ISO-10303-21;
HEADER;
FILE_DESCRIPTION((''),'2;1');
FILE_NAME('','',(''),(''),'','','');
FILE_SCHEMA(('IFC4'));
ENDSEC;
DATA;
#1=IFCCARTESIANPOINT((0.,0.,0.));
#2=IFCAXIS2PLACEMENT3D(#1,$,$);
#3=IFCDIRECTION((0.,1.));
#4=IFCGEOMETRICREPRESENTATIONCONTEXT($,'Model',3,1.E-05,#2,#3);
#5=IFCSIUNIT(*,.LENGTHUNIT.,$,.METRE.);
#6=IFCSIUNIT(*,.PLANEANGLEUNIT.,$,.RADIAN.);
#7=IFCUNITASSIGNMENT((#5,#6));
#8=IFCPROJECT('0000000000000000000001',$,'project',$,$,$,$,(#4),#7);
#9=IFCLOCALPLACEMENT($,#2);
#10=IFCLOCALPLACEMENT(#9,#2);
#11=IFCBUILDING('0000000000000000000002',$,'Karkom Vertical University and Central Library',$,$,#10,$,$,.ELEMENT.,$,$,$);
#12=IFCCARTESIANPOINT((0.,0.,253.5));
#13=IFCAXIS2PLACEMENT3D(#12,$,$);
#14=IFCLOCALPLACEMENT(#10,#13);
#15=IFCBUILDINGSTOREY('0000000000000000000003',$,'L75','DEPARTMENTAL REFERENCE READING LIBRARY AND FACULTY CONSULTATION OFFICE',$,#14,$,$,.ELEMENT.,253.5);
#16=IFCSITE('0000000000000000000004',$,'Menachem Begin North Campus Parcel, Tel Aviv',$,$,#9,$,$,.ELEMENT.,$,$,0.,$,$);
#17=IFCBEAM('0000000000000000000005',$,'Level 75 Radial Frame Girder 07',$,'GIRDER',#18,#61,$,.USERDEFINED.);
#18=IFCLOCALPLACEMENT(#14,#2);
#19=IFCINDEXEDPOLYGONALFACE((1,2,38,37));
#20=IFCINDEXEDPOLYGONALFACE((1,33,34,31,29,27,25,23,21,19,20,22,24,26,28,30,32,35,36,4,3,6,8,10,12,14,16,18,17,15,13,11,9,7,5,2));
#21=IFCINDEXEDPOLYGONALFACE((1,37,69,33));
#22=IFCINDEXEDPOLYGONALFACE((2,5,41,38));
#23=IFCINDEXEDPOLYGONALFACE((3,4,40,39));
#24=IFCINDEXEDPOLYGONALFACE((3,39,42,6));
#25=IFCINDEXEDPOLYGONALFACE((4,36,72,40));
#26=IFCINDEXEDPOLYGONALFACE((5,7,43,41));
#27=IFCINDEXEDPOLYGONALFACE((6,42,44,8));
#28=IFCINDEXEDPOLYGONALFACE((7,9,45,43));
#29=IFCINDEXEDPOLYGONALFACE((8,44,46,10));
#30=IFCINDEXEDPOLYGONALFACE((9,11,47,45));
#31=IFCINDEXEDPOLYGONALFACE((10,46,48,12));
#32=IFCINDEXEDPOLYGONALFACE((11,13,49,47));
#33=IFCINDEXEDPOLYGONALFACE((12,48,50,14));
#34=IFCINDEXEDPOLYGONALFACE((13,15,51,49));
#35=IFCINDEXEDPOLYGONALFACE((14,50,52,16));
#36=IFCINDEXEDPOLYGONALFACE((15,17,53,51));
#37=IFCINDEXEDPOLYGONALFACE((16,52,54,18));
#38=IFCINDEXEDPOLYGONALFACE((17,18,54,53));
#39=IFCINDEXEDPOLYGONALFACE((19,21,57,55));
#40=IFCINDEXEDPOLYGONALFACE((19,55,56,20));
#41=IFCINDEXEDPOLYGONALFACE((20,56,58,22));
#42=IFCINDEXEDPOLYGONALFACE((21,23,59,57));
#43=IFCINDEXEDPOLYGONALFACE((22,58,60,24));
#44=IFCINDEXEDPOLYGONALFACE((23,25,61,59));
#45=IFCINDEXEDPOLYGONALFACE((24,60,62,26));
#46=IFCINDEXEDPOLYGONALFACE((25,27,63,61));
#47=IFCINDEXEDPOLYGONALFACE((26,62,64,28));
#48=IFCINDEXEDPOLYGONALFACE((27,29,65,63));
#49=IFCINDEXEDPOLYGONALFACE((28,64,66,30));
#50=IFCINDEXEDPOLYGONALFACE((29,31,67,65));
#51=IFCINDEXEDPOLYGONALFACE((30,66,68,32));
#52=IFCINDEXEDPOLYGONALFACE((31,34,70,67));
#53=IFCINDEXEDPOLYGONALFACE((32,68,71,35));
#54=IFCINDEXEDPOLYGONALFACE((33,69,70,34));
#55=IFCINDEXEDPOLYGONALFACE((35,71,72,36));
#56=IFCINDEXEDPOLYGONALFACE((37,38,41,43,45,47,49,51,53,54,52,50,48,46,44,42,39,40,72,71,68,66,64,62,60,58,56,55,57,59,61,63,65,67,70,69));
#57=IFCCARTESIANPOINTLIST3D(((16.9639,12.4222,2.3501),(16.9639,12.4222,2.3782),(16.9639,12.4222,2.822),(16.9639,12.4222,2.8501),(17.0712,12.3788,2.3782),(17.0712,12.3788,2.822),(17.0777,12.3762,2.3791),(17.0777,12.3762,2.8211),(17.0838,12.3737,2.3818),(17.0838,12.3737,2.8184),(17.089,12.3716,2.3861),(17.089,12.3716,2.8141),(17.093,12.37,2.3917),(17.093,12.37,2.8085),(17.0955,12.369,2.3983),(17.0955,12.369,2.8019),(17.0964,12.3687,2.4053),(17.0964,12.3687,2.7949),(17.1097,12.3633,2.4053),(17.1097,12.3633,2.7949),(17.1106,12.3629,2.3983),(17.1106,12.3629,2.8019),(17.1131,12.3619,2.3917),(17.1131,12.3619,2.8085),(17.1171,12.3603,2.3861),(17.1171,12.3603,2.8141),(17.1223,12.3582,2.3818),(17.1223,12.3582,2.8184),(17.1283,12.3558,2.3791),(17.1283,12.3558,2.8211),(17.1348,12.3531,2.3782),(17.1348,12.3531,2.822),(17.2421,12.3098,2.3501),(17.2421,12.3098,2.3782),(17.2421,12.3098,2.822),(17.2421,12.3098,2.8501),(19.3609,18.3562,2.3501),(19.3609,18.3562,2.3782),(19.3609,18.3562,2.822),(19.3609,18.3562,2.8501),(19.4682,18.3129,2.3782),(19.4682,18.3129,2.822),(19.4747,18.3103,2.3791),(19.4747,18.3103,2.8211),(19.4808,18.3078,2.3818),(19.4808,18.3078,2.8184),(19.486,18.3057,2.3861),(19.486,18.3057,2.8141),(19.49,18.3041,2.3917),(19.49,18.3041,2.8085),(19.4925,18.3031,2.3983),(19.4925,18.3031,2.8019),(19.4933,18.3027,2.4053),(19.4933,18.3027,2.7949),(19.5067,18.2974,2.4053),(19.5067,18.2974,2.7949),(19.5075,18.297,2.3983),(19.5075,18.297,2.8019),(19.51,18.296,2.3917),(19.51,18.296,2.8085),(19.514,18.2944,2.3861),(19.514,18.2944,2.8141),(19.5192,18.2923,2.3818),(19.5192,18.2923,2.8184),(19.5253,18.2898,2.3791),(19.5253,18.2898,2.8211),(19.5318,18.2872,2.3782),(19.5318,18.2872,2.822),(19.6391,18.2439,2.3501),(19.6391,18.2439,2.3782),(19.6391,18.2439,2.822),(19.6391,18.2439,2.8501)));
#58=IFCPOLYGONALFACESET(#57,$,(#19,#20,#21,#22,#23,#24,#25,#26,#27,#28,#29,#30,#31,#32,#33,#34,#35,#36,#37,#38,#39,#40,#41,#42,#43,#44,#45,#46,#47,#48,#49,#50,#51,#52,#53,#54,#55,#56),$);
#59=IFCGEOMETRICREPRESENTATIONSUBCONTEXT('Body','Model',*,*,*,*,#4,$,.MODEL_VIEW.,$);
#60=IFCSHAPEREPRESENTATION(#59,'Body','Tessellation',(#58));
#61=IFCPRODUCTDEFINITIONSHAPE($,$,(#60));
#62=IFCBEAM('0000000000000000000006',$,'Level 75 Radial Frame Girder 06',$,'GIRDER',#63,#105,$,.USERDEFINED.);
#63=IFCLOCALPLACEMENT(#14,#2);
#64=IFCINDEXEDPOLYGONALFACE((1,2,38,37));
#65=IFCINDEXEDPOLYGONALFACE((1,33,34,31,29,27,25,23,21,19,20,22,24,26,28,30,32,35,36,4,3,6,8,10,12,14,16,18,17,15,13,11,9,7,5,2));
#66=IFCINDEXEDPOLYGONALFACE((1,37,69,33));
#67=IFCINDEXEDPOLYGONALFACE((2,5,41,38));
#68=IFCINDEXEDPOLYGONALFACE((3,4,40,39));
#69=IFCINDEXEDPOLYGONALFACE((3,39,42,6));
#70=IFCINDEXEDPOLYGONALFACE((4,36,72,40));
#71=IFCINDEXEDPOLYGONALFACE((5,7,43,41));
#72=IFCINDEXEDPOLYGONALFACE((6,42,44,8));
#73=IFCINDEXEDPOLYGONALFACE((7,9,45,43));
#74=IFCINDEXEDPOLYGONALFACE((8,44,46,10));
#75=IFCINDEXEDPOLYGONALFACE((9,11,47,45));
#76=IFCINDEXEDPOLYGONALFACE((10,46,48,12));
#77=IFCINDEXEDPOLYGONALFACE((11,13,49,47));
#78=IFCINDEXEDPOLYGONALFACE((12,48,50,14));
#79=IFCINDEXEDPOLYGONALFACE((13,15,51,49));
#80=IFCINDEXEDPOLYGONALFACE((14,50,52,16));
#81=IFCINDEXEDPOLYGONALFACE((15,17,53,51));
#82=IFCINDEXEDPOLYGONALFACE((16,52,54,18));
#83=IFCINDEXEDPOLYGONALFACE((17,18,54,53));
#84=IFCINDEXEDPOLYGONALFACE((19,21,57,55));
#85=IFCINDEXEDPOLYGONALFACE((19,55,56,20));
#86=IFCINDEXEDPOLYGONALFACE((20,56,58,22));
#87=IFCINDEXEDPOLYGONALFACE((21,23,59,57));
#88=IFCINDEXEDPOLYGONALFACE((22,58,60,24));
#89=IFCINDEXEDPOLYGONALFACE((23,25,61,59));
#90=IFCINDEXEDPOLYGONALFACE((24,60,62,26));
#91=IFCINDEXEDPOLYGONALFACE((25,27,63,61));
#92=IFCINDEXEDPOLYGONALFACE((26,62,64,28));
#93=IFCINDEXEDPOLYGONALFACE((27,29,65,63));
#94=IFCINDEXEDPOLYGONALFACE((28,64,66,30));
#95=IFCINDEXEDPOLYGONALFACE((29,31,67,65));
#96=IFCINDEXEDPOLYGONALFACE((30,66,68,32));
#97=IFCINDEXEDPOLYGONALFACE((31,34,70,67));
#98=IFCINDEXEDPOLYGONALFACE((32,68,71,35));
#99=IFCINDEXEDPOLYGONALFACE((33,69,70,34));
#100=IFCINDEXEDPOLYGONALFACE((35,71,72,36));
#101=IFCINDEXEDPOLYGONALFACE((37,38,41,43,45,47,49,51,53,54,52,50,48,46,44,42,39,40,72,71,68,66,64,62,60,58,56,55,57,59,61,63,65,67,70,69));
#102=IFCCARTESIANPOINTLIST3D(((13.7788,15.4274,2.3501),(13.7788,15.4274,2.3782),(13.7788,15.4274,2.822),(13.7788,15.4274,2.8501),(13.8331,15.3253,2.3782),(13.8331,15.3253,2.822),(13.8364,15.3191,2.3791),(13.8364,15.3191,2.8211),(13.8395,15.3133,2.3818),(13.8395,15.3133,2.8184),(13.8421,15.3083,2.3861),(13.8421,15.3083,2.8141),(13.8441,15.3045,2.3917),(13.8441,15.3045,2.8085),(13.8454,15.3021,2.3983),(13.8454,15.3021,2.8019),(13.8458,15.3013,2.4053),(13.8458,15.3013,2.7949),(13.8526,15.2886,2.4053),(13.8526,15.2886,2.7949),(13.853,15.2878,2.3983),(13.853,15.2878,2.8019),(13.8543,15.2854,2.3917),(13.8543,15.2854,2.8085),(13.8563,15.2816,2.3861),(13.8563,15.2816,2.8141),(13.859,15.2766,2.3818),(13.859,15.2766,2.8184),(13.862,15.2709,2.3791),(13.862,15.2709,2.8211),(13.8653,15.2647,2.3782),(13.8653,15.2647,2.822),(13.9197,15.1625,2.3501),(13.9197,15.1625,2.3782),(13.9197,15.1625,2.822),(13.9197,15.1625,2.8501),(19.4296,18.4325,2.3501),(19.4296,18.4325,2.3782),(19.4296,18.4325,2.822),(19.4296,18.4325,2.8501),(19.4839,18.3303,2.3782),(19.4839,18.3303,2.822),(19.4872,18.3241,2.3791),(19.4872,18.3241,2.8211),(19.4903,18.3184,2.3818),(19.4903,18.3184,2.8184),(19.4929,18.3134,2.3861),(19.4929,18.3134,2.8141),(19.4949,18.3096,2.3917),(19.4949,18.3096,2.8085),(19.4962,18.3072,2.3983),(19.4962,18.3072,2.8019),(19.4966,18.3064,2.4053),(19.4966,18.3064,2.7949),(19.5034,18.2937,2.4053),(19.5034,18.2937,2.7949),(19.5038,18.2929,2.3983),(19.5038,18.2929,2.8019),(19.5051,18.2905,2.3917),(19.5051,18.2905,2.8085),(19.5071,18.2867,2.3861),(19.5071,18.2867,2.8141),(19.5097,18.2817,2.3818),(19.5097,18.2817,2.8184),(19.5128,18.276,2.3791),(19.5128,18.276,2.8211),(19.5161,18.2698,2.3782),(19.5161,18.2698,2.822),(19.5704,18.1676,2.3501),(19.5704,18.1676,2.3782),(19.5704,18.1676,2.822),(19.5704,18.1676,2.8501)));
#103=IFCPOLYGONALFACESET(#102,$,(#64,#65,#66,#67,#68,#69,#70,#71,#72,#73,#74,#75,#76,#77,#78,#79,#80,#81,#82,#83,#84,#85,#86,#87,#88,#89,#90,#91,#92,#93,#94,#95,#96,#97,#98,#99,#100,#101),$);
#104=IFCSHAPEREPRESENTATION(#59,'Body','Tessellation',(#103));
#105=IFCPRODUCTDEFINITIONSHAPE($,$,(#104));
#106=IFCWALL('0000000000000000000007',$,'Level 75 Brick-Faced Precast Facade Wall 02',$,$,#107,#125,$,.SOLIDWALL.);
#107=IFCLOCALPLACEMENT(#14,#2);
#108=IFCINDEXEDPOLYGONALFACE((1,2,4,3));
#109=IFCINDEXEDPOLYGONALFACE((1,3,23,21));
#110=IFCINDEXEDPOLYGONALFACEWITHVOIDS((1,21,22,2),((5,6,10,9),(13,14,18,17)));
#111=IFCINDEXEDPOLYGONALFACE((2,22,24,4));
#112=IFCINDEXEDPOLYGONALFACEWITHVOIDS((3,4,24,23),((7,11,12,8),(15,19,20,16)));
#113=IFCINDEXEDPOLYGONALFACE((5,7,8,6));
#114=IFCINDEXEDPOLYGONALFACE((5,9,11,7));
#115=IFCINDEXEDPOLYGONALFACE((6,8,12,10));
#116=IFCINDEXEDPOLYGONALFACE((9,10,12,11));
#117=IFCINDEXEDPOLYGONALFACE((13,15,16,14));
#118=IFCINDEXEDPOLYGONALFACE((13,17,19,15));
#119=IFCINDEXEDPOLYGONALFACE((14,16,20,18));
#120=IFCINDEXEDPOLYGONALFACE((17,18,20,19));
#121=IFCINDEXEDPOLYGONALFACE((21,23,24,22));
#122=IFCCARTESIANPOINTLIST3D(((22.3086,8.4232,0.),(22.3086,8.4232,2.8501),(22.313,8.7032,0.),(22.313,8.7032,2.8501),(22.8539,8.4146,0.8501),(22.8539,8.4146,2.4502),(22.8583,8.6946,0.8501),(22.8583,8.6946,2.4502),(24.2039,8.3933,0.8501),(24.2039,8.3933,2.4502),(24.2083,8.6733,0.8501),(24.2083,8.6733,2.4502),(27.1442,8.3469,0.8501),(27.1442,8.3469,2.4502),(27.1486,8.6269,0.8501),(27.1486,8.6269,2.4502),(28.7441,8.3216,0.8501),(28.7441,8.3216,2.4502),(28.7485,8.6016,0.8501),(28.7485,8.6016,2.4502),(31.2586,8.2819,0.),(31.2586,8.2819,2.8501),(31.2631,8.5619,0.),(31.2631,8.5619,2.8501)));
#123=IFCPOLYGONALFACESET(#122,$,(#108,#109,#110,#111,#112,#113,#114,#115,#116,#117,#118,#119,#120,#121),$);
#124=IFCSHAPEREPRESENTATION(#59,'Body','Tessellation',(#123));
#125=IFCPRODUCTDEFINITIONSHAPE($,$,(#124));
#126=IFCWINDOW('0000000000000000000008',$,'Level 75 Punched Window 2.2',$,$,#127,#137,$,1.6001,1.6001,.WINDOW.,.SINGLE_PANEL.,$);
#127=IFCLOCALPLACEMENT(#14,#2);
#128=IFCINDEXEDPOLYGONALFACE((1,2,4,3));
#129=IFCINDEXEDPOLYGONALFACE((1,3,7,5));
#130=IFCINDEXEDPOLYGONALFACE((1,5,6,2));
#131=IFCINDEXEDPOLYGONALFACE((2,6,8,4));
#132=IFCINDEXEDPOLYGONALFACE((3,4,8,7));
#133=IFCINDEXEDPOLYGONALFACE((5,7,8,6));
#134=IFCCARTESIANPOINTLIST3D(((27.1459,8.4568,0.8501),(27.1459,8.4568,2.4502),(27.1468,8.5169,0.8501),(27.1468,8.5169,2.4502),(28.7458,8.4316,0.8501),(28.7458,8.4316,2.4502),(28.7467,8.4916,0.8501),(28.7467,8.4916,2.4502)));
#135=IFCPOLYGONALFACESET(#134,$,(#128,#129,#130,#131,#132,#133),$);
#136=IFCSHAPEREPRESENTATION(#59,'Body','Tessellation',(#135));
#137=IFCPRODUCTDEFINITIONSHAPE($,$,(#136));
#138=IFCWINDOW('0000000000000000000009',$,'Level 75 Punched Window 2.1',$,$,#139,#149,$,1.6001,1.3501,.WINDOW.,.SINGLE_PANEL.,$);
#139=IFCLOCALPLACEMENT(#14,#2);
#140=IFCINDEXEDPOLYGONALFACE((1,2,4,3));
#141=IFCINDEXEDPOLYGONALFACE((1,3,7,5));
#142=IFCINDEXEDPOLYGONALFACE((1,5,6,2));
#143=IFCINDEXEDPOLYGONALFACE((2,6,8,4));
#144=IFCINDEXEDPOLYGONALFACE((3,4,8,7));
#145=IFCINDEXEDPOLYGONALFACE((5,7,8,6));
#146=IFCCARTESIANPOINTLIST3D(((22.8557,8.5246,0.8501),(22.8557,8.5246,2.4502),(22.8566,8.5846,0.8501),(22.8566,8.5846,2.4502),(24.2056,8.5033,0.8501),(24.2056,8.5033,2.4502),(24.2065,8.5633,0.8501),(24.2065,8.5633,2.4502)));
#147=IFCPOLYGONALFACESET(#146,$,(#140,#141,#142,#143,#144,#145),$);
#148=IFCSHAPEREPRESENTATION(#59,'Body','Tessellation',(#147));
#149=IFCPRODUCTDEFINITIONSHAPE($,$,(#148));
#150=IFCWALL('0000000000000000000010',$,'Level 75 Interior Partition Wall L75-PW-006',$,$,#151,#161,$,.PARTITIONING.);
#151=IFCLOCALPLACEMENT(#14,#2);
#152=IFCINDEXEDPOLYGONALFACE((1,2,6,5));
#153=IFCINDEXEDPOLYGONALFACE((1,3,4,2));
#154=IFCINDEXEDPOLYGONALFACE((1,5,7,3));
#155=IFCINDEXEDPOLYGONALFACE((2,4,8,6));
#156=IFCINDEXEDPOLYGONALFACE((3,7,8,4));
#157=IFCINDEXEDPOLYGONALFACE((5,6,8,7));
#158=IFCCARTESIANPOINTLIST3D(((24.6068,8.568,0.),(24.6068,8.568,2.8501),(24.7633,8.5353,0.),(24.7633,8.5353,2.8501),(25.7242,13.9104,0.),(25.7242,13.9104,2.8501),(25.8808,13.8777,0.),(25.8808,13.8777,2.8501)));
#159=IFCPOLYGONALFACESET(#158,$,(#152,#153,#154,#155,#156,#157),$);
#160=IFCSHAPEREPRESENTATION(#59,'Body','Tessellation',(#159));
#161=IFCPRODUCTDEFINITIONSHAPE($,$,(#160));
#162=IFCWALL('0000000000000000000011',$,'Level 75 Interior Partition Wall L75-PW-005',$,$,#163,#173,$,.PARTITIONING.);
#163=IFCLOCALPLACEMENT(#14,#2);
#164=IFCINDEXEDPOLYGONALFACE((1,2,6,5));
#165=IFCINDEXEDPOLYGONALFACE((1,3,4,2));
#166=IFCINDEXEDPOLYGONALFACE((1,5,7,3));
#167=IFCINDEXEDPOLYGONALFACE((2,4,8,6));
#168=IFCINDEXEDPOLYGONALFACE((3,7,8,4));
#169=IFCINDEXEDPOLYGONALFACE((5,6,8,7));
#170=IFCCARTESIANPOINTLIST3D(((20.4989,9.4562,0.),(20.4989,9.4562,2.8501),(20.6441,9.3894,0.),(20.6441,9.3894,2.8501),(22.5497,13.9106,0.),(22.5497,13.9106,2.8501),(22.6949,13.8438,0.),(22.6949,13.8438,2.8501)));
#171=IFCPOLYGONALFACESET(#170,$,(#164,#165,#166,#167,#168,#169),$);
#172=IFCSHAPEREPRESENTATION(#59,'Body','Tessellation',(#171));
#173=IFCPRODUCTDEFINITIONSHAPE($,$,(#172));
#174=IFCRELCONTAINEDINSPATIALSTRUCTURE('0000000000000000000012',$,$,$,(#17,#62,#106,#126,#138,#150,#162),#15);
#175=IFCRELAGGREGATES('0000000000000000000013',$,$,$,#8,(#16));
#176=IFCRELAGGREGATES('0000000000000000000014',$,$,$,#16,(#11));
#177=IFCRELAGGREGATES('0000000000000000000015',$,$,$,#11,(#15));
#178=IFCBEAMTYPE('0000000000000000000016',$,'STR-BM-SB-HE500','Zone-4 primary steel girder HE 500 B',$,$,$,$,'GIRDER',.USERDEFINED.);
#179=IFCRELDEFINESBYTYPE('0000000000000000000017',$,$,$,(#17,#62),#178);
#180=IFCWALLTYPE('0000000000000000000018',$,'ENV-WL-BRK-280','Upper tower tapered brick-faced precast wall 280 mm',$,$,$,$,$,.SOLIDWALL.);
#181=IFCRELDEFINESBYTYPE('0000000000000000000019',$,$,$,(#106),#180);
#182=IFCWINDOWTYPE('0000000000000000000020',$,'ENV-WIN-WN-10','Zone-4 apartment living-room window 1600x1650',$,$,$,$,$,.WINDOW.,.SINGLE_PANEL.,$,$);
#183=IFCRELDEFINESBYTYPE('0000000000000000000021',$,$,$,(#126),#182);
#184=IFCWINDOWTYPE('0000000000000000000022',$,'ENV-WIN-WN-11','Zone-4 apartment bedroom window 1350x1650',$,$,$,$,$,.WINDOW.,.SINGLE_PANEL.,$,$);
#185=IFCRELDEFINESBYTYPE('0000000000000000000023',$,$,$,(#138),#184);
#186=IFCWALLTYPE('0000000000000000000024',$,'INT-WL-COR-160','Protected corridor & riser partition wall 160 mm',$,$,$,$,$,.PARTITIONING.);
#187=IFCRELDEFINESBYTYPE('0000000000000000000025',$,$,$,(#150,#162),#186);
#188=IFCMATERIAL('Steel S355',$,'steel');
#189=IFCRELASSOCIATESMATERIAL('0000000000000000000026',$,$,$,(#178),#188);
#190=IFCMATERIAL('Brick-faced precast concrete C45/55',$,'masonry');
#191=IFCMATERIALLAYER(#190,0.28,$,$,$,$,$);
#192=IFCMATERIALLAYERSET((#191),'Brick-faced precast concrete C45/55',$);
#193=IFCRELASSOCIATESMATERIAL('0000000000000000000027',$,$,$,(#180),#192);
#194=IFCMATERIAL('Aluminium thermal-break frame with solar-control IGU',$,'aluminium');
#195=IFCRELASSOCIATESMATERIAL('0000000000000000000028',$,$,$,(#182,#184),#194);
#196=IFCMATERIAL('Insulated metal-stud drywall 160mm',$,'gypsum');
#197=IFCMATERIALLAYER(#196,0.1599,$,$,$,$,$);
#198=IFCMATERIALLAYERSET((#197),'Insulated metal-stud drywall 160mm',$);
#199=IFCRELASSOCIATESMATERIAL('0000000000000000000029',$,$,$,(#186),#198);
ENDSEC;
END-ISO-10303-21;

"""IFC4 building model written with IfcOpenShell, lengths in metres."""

from ifc_helpers import new_model, si_unit, direction, frame, frame_2d, origin, origin_with_axes, origin_2d, place, context, subcontext, project, spatial, rectangle, i_section, extrude, source, transform, mapped, material, layer, layer_set, material_profile, profile_set, type_object, element, fill, save


model = new_model("IFC4")

# Units and contexts
model_context = context("Model", 3, precision=1e-05, world=origin(), true_north=direction((0.0, 1.0)))
body_context = subcontext(model_context, "Body", "Model", "MODEL_VIEW")
ifc_project = project(units=[si_unit("LENGTHUNIT", "METRE"), si_unit("PLANEANGLEUNIT", "RADIAN")], contexts=[model_context])

# Site, building, storey
site_placement = place(None, origin())
site = spatial("IfcSite", under=ifc_project, at=site_placement, Name="Menachem Begin North Campus Parcel, Tel Aviv", CompositionType="ELEMENT", RefElevation=0.0)
building_placement = place(site_placement, origin())
building = spatial("IfcBuilding", under=site, at=building_placement, Name="Karkom Vertical University and Central Library", CompositionType="ELEMENT")
storey_placement = place(building_placement, frame((0.0, 0.0, 253.5)))
storey = spatial("IfcBuildingStorey", under=building, at=storey_placement, Name="L75", Description="DEPARTMENTAL REFERENCE READING LIBRARY AND FACULTY CONSULTATION OFFICE", CompositionType="ELEMENT", Elevation=253.5)

# Beams
ifc_material_1 = material(Name="Steel S355", Category="steel")
ifc_material_profile_1 = material_profile(ifc_material_1, i_section(OverallWidth=0.3, OverallDepth=0.5, WebThickness=0.0144, FlangeThickness=0.0281, FilletRadius=0.0271, at=origin_2d()), Name="HE 500 B")
ifc_profile_set_1 = profile_set([ifc_material_profile_1], Name="Steel S355")
beam_type_1 = type_object("IfcBeamType", Name="STR-BM-SB-HE500", Description="Zone-4 primary steel girder HE 500 B", ElementType="GIRDER", PredefinedType="USERDEFINED", material=ifc_profile_set_1)
shared_shape_1 = source(origin_with_axes(), body_context, "Body", "SweptSolid", [
    extrude(i_section(OverallWidth=0.3, OverallDepth=0.5, WebThickness=0.0144, FlangeThickness=0.0281, FilletRadius=0.0271, at=origin_2d()), origin(), (0.0, 0.0, 1.0), 6.3999),
])
beam_1_placement = place(storey_placement, frame((19.5, 18.3, 2.6001), z_axis=(-0.374532, -0.927214, 0.0), x_axis=(0.927214, -0.374532, 0.0)))
element("IfcBeam", 1, at=beam_1_placement, inside=storey, type_object=beam_type_1, Name="Level 75 Radial Frame Girder 07", ObjectType="GIRDER", PredefinedType="USERDEFINED", context=body_context, shape_type="MappedRepresentation", body=[
    mapped(shared_shape_1, transform((0.0, 0.0, 0.0), scale=1.0)),
])
shared_shape_2 = source(origin_with_axes(), body_context, "Body", "SweptSolid", [
    extrude(i_section(OverallWidth=0.3, OverallDepth=0.5, WebThickness=0.0144, FlangeThickness=0.0281, FilletRadius=0.0271, at=origin_2d()), origin(), (0.0, 0.0, 1.0), 6.4001),
])
beam_2_placement = place(storey_placement, frame((19.5, 18.3, 2.6001), z_axis=(-0.882915, -0.469533, 0.0), x_axis=(0.469533, -0.882915, 0.0)))
element("IfcBeam", 2, at=beam_2_placement, inside=storey, type_object=beam_type_1, Name="Level 75 Radial Frame Girder 06", ObjectType="GIRDER", PredefinedType="USERDEFINED", context=body_context, shape_type="MappedRepresentation", body=[
    mapped(shared_shape_2, transform((0.0, 0.0, 0.0), scale=1.0)),
])

# Wall, openings, windows
ifc_material_2 = material(Name="Brick-faced precast concrete C45/55", Category="masonry")
ifc_layer_1 = layer(ifc_material_2, 0.28)
ifc_layer_set_1 = layer_set([ifc_layer_1], Name="Brick-faced precast concrete C45/55")
wall_type_1 = type_object("IfcWallType", Name="ENV-WL-BRK-280", Description="Upper tower tapered brick-faced precast wall 280 mm", PredefinedType="SOLIDWALL", material=ifc_layer_set_1)
wall_1_placement = place(storey_placement, frame((22.3108, 8.5632, 0.0), z_axis=(0.0, 0.0, 1.0), x_axis=(0.999875, -0.015792, 0.0)))
wall_1 = element("IfcWall", 3, at=wall_1_placement, inside=storey, type_object=wall_type_1, Name="Level 75 Brick-Faced Precast Facade Wall 02", PredefinedType="SOLIDWALL", context=body_context, shape_type="SweptSolid", body=[
    extrude(rectangle(XDim=8.9512, YDim=0.28, at=frame_2d((4.4756, 0.0))), origin(), (0.0, 0.0, 1.0), 2.8501),
])
opening_1_placement = place(wall_1_placement, frame((0.5454, 0.0, 0.8501)))
opening_1 = element("IfcOpeningElement", 4, at=opening_1_placement, cuts=wall_1, PredefinedType="OPENING", context=body_context, shape_type="SweptSolid", body=[
    extrude(rectangle(XDim=1.3501, YDim=1.6001, at=frame_2d((0.675, 0.8))), frame((0.0, 0.1499, 0.0), z_axis=(0.0, -1.0, 0.0), x_axis=(1.0, 0.0, 0.0)), (0.0, 0.0, 1.0), 0.3),
])
opening_2_placement = place(wall_1_placement, frame((4.8362, 0.0, 0.8501)))
opening_2 = element("IfcOpeningElement", 5, at=opening_2_placement, cuts=wall_1, PredefinedType="OPENING", context=body_context, shape_type="SweptSolid", body=[
    extrude(rectangle(XDim=1.6001, YDim=1.6001, at=frame_2d((0.8, 0.8))), frame((0.0, 0.1499, 0.0), z_axis=(0.0, -1.0, 0.0), x_axis=(1.0, 0.0, 0.0)), (0.0, 0.0, 1.0), 0.3),
])
ifc_material_3 = material(Name="Aluminium thermal-break frame with solar-control IGU", Category="aluminium")
window_type_1 = type_object("IfcWindowType", Name="ENV-WIN-WN-10", Description="Zone-4 apartment living-room window 1600x1650", PartitioningType="SINGLE_PANEL", PredefinedType="WINDOW", material=ifc_material_3)
shared_shape_3 = source(origin_with_axes(), body_context, "Body", "SweptSolid", [
    extrude(rectangle(XDim=1.6001, YDim=1.6001, at=frame_2d((0.8, 0.8))), frame((0.0, 0.03, 0.0), z_axis=(0.0, -1.0, 0.0), x_axis=(1.0, 0.0, 0.0)), (0.0, 0.0, 1.0), 0.0601),
])
window_1_placement = place(opening_2_placement, origin())
window_1 = element("IfcWindow", 6, at=window_1_placement, inside=storey, type_object=window_type_1, Name="Level 75 Punched Window 2.2", OverallHeight=1.6001, OverallWidth=1.6001, PartitioningType="SINGLE_PANEL", PredefinedType="WINDOW", context=body_context, shape_type="MappedRepresentation", body=[
    mapped(shared_shape_3, transform((0.0, 0.0, 0.0), scale=1.0)),
])
fill(opening_2, window_1)
window_type_2 = type_object("IfcWindowType", Name="ENV-WIN-WN-11", Description="Zone-4 apartment bedroom window 1350x1650", PartitioningType="SINGLE_PANEL", PredefinedType="WINDOW", material=ifc_material_3)
shared_shape_4 = source(origin_with_axes(), body_context, "Body", "SweptSolid", [
    extrude(rectangle(XDim=1.3501, YDim=1.6001, at=frame_2d((0.675, 0.8))), frame((0.0, 0.03, 0.0), z_axis=(0.0, -1.0, 0.0), x_axis=(1.0, 0.0, 0.0)), (0.0, 0.0, 1.0), 0.0601),
])
window_2_placement = place(opening_1_placement, origin())
window_2 = element("IfcWindow", 7, at=window_2_placement, inside=storey, type_object=window_type_2, Name="Level 75 Punched Window 2.1", OverallHeight=1.6001, OverallWidth=1.3501, PartitioningType="SINGLE_PANEL", PredefinedType="WINDOW", context=body_context, shape_type="MappedRepresentation", body=[
    mapped(shared_shape_4, transform((0.0, 0.0, 0.0), scale=1.0)),
])
fill(opening_1, window_2)

# Walls
ifc_material_4 = material(Name="Insulated metal-stud drywall 160mm", Category="gypsum")
ifc_layer_2 = layer(ifc_material_4, 0.1599)
ifc_layer_set_2 = layer_set([ifc_layer_2], Name="Insulated metal-stud drywall 160mm")
wall_type_2 = type_object("IfcWallType", Name="INT-WL-COR-160", Description="Protected corridor & riser partition wall 160 mm", PredefinedType="PARTITIONING", material=ifc_layer_set_2)
wall_2_placement = place(storey_placement, frame((25.8025, 13.894, 0.0), z_axis=(0.0, 0.0, 1.0), x_axis=(-0.204737, -0.978817, 0.0)))
element("IfcWall", 8, at=wall_2_placement, inside=storey, type_object=wall_type_2, Name="Level 75 Interior Partition Wall L75-PW-006", PredefinedType="PARTITIONING", context=body_context, shape_type="SweptSolid", body=[
    extrude(rectangle(XDim=5.458, YDim=0.1599, at=frame_2d((2.729, 0.0))), origin(), (0.0, 0.0, 1.0), 2.8501),
])
wall_3_placement = place(storey_placement, frame((22.6223, 13.8772, 0.0), z_axis=(0.0, 0.0, 1.0), x_axis=(-0.418206, -0.908352, 0.0)))
element("IfcWall", 9, at=wall_3_placement, inside=storey, type_object=wall_type_2, Name="Level 75 Interior Partition Wall L75-PW-005", PredefinedType="PARTITIONING", context=body_context, shape_type="SweptSolid", body=[
    extrude(rectangle(XDim=4.9038, YDim=0.1599, at=frame_2d((2.4519, 0.0))), origin(), (0.0, 0.0, 1.0), 2.8501),
])

save(model, "model.ifc")
